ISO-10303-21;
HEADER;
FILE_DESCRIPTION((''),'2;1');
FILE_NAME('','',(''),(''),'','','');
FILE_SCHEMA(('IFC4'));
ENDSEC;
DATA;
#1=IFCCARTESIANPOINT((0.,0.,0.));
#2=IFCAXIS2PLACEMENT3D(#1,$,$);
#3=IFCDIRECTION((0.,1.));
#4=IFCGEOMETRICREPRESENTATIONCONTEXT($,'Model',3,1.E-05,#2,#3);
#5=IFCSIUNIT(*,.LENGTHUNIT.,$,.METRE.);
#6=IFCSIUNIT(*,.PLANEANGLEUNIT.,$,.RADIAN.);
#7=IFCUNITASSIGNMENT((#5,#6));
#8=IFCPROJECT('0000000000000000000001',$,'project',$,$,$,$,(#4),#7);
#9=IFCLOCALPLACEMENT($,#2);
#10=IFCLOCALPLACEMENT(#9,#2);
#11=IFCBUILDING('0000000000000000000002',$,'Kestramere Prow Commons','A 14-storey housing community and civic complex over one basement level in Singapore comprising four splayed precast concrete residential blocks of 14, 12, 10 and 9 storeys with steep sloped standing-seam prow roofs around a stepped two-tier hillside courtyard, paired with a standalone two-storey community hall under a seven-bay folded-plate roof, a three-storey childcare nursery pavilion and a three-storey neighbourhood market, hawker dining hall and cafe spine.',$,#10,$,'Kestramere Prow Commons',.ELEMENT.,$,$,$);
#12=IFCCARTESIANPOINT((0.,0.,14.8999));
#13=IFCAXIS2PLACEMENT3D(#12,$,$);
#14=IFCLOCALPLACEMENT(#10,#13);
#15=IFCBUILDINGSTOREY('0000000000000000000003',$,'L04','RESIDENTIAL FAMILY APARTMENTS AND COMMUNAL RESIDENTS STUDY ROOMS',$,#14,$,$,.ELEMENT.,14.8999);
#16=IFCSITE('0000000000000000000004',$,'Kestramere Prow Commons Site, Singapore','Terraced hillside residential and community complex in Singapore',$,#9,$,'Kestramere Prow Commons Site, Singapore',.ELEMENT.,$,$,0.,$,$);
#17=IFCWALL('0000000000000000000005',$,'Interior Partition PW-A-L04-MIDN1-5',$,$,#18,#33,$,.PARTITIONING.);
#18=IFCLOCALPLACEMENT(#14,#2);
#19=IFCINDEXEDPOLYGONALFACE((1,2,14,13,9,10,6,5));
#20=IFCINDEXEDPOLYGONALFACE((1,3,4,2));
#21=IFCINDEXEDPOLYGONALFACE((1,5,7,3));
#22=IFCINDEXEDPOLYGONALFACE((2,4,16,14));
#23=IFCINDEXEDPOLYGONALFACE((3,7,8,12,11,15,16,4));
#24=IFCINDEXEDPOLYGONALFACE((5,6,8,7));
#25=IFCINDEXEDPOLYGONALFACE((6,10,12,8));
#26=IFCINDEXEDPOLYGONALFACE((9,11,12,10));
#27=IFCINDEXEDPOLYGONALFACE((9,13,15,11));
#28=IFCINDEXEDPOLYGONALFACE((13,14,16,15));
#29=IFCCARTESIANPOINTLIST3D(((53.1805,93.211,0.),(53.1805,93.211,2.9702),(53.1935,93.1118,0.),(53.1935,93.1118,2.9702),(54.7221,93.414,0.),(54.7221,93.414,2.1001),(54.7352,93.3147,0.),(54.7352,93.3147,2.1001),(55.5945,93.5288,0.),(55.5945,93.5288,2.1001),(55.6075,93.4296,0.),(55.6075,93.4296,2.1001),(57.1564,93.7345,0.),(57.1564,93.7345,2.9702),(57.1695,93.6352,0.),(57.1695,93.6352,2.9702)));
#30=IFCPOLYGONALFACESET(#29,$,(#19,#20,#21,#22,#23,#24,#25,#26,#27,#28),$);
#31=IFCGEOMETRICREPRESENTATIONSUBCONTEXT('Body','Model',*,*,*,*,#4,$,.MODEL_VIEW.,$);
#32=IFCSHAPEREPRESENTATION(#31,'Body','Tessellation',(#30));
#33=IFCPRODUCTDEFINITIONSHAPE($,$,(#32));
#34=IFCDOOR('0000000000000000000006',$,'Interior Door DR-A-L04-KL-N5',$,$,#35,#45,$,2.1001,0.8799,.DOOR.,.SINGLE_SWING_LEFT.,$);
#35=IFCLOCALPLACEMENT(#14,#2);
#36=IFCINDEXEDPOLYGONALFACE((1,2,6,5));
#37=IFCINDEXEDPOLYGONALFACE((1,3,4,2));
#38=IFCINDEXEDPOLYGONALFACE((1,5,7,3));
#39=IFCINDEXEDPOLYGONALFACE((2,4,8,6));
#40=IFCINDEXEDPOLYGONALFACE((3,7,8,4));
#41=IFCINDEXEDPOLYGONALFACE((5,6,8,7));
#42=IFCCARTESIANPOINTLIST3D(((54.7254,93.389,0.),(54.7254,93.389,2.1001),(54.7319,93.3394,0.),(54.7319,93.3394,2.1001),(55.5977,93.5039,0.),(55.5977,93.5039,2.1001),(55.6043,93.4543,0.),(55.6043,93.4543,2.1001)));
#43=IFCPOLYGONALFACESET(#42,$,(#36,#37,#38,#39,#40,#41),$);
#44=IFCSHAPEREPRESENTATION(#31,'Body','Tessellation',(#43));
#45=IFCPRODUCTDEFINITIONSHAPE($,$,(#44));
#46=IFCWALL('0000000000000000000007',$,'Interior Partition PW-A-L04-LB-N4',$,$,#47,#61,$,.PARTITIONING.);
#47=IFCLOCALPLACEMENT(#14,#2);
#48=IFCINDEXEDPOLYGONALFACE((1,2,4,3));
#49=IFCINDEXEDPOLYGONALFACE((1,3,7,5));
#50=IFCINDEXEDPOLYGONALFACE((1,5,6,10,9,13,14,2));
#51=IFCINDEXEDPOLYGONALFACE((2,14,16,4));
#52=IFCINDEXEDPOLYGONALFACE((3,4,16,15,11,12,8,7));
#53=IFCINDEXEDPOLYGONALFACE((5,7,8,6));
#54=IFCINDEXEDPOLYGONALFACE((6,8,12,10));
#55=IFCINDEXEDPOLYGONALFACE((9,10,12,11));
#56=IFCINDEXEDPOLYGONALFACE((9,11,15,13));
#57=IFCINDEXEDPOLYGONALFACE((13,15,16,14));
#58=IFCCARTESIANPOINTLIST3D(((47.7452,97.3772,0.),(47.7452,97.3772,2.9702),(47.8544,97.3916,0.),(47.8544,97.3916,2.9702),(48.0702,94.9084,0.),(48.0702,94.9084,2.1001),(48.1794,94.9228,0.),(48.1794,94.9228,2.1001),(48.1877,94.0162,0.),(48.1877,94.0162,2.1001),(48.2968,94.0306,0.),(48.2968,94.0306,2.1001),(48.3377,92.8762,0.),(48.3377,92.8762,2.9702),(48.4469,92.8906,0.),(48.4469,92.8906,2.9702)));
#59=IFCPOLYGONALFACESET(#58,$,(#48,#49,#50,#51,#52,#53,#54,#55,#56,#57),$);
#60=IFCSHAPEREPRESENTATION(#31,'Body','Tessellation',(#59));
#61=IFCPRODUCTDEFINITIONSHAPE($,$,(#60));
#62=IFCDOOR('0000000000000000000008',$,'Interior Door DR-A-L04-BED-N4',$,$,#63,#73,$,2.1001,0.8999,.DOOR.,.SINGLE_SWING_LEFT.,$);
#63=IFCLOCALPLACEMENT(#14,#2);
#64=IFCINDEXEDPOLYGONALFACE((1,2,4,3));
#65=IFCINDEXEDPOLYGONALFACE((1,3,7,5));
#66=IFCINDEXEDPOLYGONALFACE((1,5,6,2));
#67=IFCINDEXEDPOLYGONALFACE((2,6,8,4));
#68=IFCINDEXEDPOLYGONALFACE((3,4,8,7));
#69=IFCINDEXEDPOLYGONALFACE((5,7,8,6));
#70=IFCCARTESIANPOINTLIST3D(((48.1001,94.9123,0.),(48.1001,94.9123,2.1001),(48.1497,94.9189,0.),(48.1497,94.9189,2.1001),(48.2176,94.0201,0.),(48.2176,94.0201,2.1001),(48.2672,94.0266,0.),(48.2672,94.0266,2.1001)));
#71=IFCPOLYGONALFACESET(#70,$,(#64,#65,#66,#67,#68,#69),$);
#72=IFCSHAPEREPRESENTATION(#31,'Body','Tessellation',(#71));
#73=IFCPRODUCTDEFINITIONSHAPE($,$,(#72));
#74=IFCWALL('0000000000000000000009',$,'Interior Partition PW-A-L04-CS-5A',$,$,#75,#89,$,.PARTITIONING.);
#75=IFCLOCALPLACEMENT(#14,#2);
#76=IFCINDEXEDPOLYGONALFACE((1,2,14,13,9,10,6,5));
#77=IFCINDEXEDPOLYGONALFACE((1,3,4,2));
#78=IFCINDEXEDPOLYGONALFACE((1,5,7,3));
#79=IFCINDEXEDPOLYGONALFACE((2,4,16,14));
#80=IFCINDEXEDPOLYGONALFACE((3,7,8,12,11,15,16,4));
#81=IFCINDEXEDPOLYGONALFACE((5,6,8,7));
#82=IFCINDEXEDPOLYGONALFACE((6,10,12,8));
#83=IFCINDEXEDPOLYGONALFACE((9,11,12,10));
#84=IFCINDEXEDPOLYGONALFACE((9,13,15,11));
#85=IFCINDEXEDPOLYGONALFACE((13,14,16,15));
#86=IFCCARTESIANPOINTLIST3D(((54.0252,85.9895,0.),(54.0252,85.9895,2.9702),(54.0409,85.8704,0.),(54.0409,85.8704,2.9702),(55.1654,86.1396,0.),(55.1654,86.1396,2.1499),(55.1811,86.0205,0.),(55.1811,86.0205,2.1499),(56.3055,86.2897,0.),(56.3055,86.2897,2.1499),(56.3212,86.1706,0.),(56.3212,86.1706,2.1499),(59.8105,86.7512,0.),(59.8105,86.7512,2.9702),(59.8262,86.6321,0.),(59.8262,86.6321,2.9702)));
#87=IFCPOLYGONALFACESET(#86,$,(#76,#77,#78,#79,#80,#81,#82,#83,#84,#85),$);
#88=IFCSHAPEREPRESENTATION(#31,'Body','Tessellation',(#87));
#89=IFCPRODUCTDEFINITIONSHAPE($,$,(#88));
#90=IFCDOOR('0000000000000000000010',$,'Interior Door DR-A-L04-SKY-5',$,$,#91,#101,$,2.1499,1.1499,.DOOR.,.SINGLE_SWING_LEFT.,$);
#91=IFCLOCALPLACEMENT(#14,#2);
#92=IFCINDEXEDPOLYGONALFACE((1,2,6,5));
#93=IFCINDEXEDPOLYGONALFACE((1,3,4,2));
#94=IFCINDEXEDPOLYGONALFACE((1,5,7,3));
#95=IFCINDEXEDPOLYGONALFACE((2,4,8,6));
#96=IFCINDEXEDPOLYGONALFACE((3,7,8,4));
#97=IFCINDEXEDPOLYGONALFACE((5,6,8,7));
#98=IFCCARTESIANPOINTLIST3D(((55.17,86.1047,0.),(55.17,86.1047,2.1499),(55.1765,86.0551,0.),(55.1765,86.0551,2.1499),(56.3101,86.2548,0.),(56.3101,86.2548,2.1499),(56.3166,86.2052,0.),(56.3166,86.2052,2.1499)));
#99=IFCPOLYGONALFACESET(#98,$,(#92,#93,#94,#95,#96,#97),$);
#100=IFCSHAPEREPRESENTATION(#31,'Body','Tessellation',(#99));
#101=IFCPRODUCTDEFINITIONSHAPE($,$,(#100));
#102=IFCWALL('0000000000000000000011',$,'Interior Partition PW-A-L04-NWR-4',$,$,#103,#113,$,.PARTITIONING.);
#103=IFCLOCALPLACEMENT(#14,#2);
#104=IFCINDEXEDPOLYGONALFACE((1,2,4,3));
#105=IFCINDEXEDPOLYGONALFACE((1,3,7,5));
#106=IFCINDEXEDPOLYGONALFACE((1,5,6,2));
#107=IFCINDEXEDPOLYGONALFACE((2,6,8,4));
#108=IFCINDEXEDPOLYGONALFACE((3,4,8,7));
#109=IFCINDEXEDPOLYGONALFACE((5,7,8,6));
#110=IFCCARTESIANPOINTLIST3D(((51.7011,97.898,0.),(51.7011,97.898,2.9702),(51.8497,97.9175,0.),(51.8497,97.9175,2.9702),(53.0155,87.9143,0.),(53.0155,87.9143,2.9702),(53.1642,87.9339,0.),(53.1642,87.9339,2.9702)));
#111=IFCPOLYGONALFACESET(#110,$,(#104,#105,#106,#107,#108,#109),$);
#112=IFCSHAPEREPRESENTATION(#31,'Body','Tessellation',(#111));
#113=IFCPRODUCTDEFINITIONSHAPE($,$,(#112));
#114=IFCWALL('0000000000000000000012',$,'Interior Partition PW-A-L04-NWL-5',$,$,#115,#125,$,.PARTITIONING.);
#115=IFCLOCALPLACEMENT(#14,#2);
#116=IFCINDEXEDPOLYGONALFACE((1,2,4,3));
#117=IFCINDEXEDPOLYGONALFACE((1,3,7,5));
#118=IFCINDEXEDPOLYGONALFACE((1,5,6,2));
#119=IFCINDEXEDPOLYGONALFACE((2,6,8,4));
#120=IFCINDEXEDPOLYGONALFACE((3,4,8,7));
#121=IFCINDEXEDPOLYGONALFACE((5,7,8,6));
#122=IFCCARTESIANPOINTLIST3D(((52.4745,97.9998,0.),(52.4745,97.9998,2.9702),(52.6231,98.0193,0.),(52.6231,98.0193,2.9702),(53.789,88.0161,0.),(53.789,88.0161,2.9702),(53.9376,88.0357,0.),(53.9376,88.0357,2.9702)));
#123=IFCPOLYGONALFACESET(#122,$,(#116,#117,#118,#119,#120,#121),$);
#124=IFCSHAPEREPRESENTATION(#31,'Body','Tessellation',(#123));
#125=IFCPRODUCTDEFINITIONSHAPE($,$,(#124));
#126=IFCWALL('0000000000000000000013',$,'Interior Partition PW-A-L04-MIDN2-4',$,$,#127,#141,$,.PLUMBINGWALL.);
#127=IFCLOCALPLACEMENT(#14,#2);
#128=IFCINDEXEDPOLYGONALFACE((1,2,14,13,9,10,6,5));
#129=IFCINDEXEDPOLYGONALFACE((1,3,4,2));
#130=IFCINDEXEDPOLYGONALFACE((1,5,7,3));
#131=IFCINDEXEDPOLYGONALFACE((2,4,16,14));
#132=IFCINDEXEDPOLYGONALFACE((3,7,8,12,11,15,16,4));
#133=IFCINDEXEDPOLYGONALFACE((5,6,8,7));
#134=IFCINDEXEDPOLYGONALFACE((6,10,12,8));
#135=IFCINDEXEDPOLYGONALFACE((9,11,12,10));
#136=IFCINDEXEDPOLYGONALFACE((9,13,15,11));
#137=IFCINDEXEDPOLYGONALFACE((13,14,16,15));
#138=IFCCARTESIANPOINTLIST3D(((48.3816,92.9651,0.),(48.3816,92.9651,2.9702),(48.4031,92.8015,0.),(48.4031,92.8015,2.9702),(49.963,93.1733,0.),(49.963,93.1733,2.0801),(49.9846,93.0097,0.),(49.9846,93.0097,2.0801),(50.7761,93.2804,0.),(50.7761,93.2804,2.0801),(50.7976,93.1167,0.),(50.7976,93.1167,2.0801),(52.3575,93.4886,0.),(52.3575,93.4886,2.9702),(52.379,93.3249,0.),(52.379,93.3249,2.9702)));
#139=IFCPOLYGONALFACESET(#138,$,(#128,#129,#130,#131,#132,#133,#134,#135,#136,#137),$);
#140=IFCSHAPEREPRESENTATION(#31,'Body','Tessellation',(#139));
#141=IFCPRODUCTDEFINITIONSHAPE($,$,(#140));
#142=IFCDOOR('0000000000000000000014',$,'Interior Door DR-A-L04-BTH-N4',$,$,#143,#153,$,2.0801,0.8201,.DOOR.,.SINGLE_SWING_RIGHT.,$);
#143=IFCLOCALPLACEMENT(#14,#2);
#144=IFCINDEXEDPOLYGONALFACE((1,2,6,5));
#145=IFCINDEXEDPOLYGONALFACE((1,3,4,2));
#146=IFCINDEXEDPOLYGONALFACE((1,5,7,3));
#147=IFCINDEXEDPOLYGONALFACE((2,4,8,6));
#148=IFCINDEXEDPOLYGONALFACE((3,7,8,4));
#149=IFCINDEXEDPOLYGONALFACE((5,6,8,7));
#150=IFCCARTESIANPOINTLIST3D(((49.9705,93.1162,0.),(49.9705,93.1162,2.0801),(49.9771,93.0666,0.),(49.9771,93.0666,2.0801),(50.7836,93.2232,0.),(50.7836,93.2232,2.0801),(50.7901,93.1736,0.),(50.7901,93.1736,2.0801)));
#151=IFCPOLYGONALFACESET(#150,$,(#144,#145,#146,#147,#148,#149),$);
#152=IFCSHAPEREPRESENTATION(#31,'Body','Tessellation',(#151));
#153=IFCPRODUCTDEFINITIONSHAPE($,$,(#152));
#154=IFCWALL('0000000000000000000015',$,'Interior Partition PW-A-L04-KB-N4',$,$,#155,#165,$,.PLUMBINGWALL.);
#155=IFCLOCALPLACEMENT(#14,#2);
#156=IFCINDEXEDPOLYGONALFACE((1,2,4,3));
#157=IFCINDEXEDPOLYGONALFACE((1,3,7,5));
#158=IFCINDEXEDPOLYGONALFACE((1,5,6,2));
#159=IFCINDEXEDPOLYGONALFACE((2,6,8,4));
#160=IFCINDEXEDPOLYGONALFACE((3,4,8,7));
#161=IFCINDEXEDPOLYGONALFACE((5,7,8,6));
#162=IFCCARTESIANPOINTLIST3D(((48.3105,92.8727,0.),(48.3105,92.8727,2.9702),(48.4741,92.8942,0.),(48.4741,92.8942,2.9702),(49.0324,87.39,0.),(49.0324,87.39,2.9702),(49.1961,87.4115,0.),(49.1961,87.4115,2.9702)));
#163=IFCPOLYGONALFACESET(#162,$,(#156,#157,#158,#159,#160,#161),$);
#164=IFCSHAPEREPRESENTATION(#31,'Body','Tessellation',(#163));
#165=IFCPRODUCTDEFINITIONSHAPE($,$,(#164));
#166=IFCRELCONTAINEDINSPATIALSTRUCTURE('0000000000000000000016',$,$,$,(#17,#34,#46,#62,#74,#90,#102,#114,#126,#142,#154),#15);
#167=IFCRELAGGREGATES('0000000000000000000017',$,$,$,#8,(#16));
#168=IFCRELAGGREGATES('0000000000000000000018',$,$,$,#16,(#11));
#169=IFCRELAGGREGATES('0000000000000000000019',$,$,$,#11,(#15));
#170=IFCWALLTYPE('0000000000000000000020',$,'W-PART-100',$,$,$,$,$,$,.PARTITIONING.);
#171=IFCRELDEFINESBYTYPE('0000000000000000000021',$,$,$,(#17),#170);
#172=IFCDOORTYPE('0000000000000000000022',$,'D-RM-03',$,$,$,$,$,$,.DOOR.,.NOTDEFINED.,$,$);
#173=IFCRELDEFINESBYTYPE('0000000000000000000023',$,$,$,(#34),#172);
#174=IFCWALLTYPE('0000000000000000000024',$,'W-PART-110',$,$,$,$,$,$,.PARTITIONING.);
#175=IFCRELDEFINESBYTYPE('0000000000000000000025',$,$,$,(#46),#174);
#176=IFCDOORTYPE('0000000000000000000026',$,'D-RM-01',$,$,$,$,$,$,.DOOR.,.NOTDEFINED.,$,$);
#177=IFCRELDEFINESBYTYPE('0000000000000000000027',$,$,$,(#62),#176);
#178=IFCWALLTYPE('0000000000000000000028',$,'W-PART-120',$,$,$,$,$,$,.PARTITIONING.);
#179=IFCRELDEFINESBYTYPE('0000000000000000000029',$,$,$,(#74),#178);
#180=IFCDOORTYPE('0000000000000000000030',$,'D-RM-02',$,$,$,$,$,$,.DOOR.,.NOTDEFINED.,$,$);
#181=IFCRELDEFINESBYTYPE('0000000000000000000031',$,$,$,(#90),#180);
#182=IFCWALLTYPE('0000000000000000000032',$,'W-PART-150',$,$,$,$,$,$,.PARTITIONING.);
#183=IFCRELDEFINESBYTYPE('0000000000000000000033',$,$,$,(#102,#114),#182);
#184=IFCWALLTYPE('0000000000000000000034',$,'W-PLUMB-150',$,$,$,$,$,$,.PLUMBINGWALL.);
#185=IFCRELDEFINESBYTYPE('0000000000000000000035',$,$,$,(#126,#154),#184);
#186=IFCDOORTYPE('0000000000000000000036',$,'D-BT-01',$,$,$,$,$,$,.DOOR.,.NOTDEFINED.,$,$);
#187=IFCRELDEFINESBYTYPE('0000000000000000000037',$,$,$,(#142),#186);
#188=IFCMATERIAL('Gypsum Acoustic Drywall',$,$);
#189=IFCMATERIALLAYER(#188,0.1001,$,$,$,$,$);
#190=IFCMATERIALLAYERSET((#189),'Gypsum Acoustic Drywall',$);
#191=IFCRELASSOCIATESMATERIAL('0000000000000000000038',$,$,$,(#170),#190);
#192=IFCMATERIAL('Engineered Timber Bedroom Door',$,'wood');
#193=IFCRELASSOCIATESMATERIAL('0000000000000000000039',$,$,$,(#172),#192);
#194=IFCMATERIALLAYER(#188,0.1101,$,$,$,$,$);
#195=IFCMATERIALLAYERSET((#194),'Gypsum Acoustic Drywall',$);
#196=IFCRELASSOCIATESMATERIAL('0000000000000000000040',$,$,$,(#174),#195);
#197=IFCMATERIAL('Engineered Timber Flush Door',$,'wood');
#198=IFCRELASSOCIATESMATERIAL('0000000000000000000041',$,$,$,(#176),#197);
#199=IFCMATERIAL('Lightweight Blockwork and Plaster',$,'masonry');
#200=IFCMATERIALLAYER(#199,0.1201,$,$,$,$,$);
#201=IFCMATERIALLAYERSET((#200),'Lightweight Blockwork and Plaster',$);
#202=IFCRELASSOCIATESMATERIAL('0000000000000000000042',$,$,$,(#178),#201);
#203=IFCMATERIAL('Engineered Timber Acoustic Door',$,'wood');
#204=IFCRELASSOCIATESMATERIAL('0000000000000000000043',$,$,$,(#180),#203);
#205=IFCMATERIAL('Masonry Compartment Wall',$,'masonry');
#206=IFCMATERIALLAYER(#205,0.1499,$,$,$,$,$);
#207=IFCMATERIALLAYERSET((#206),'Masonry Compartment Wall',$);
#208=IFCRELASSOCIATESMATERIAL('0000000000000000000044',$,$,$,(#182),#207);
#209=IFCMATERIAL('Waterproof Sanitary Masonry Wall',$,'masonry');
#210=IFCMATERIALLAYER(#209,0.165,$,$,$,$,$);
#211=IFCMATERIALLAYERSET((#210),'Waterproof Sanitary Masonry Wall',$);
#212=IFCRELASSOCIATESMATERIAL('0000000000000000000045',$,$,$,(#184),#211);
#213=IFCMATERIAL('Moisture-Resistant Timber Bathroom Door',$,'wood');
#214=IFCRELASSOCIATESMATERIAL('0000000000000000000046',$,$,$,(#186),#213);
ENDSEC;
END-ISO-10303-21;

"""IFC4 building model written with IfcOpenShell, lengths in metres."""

from ifc_helpers import new_model, si_unit, direction, frame, frame_2d, origin, place, context, subcontext, project, spatial, rectangle, extrude, material, layer, layer_set, type_object, element, fill, save


model = new_model("IFC4")

# Units and contexts
model_context = context("Model", 3, precision=1e-05, world=origin(), true_north=direction((0.0, 1.0)))
body_context = subcontext(model_context, "Body", "Model", "MODEL_VIEW")
ifc_project = project(units=[si_unit("LENGTHUNIT", "METRE"), si_unit("PLANEANGLEUNIT", "RADIAN")], contexts=[model_context])

# Site, building, storey
site_placement = place(None, origin())
site = spatial("IfcSite", under=ifc_project, at=site_placement, Name="Kestramere Prow Commons Site, Singapore", Description="Terraced hillside residential and community complex in Singapore", LongName="Kestramere Prow Commons Site, Singapore", CompositionType="ELEMENT", RefElevation=0.0)
building_placement = place(site_placement, origin())
building = spatial("IfcBuilding", under=site, at=building_placement, Name="Kestramere Prow Commons", Description="A 14-storey housing community and civic complex over one basement level in Singapore comprising four splayed precast concrete residential blocks of 14, 12, 10 and 9 storeys with steep sloped standing-seam prow roofs around a stepped two-tier hillside courtyard, paired with a standalone two-storey community hall under a seven-bay folded-plate roof, a three-storey childcare nursery pavilion and a three-storey neighbourhood market, hawker dining hall and cafe spine.", LongName="Kestramere Prow Commons", CompositionType="ELEMENT")
storey_placement = place(building_placement, frame((0.0, 0.0, 14.8999)))
storey = spatial("IfcBuildingStorey", under=building, at=storey_placement, Name="L04", Description="RESIDENTIAL FAMILY APARTMENTS AND COMMUNAL RESIDENTS STUDY ROOMS", CompositionType="ELEMENT", Elevation=14.8999)

# Walls, openings, doors
ifc_material_1 = material(Name="Gypsum Acoustic Drywall")
ifc_layer_1 = layer(ifc_material_1, 0.1001)
ifc_layer_set_1 = layer_set([ifc_layer_1], Name="Gypsum Acoustic Drywall")
wall_type_1 = type_object("IfcWallType", Name="W-PART-100", PredefinedType="PARTITIONING", material=ifc_layer_set_1)
wall_1_placement = place(storey_placement, frame((53.187, 93.1614, 0.0), z_axis=(0.0, 0.0, 1.0), x_axis=(0.991445, 0.130529, 0.0)))
wall_1 = element("IfcWall", 1, at=wall_1_placement, inside=storey, type_object=wall_type_1, Name="Interior Partition PW-A-L04-MIDN1-5", PredefinedType="PARTITIONING", context=body_context, shape_type="SweptSolid", body=[
    extrude(rectangle(XDim=4.0103, YDim=0.1001, at=frame_2d((2.0051, 0.0))), origin(), (0.0, 0.0, 1.0), 2.9702),
])
opening_1_placement = place(wall_1_placement, frame((1.5549, 0.0, 0.0)))
opening_1 = element("IfcOpeningElement", 2, at=opening_1_placement, cuts=wall_1, PredefinedType="OPENING", context=body_context, shape_type="SweptSolid", body=[
    extrude(rectangle(XDim=0.8799, YDim=2.1001, at=frame_2d((0.4399, 1.05))), frame((0.0, 0.0649, 0.0), z_axis=(0.0, -1.0, 0.0), x_axis=(1.0, 0.0, 0.0)), (0.0, 0.0, 1.0), 0.1301),
])
ifc_material_2 = material(Name="Engineered Timber Bedroom Door", Category="wood")
door_type_1 = type_object("IfcDoorType", Name="D-RM-03", OperationType="NOTDEFINED", PredefinedType="DOOR", material=ifc_material_2)
door_1_placement = place(opening_1_placement, origin())
door_1 = element("IfcDoor", 3, at=door_1_placement, inside=storey, type_object=door_type_1, Name="Interior Door DR-A-L04-KL-N5", OperationType="SINGLE_SWING_LEFT", OverallHeight=2.1001, OverallWidth=0.8799, PredefinedType="DOOR", context=body_context, shape_type="SweptSolid", body=[
    extrude(rectangle(XDim=0.8799, YDim=2.1001, at=frame_2d((0.4399, 1.05))), frame((0.0, 0.0249, 0.0), z_axis=(0.0, -1.0, 0.0), x_axis=(1.0, 0.0, 0.0)), (0.0, 0.0, 1.0), 0.05),
])
fill(opening_1, door_1)
ifc_layer_2 = layer(ifc_material_1, 0.1101)
ifc_layer_set_2 = layer_set([ifc_layer_2], Name="Gypsum Acoustic Drywall")
wall_type_2 = type_object("IfcWallType", Name="W-PART-110", PredefinedType="PARTITIONING", material=ifc_layer_set_2)
wall_2_placement = place(storey_placement, frame((48.3923, 92.8833, 0.0), z_axis=(0.0, 0.0, 1.0), x_axis=(-0.130519, 0.991446, 0.0)))
wall_2 = element("IfcWall", 4, at=wall_2_placement, inside=storey, type_object=wall_type_2, Name="Interior Partition PW-A-L04-LB-N4", PredefinedType="PARTITIONING", context=body_context, shape_type="SweptSolid", body=[
    extrude(rectangle(XDim=4.5398, YDim=0.1101, at=frame_2d((2.27, 0.0))), origin(), (0.0, 0.0, 1.0), 2.9702),
])
opening_2_placement = place(wall_2_placement, frame((1.1499, 0.0, 0.0)))
opening_2 = element("IfcOpeningElement", 5, at=opening_2_placement, cuts=wall_2, PredefinedType="OPENING", context=body_context, shape_type="SweptSolid", body=[
    extrude(rectangle(XDim=0.8999, YDim=2.1001, at=frame_2d((0.45, 1.05))), frame((0.0, 0.0701, 0.0), z_axis=(0.0, -1.0, 0.0), x_axis=(1.0, 0.0, 0.0)), (0.0, 0.0, 1.0), 0.1401),
])
ifc_material_3 = material(Name="Engineered Timber Flush Door", Category="wood")
door_type_2 = type_object("IfcDoorType", Name="D-RM-01", OperationType="NOTDEFINED", PredefinedType="DOOR", material=ifc_material_3)
door_2_placement = place(opening_2_placement, origin())
door_2 = element("IfcDoor", 6, at=door_2_placement, inside=storey, type_object=door_type_2, Name="Interior Door DR-A-L04-BED-N4", OperationType="SINGLE_SWING_LEFT", OverallHeight=2.1001, OverallWidth=0.8999, PredefinedType="DOOR", context=body_context, shape_type="SweptSolid", body=[
    extrude(rectangle(XDim=0.8999, YDim=2.1001, at=frame_2d((0.45, 1.05))), frame((0.0, 0.0249, 0.0), z_axis=(0.0, -1.0, 0.0), x_axis=(1.0, 0.0, 0.0)), (0.0, 0.0, 1.0), 0.05),
])
fill(opening_2, door_2)
ifc_material_4 = material(Name="Lightweight Blockwork and Plaster", Category="masonry")
ifc_layer_3 = layer(ifc_material_4, 0.1201)
ifc_layer_set_3 = layer_set([ifc_layer_3], Name="Lightweight Blockwork and Plaster")
wall_type_3 = type_object("IfcWallType", Name="W-PART-120", PredefinedType="PARTITIONING", material=ifc_layer_set_3)
wall_3_placement = place(storey_placement, frame((54.0332, 85.9299, 0.0), z_axis=(0.0, 0.0, 1.0), x_axis=(0.991443, 0.130541, 0.0)))
wall_3 = element("IfcWall", 7, at=wall_3_placement, inside=storey, type_object=wall_type_3, Name="Interior Partition PW-A-L04-CS-5A", PredefinedType="PARTITIONING", context=body_context, shape_type="SweptSolid", body=[
    extrude(rectangle(XDim=5.8352, YDim=0.1201, at=frame_2d((2.9175, 0.0))), origin(), (0.0, 0.0, 1.0), 2.9702),
])
opening_3_placement = place(wall_3_placement, frame((1.1499, 0.0, 0.0)))
opening_3 = element("IfcOpeningElement", 8, at=opening_3_placement, cuts=wall_3, PredefinedType="OPENING", context=body_context, shape_type="SweptSolid", body=[
    extrude(rectangle(XDim=1.1499, YDim=2.1499, at=frame_2d((0.575, 1.075))), frame((0.0, 0.075, 0.0), z_axis=(0.0, -1.0, 0.0), x_axis=(1.0, 0.0, 0.0)), (0.0, 0.0, 1.0), 0.1501),
])
ifc_material_5 = material(Name="Engineered Timber Acoustic Door", Category="wood")
door_type_3 = type_object("IfcDoorType", Name="D-RM-02", OperationType="NOTDEFINED", PredefinedType="DOOR", material=ifc_material_5)
door_3_placement = place(opening_3_placement, origin())
door_3 = element("IfcDoor", 9, at=door_3_placement, inside=storey, type_object=door_type_3, Name="Interior Door DR-A-L04-SKY-5", OperationType="SINGLE_SWING_LEFT", OverallHeight=2.1499, OverallWidth=1.1499, PredefinedType="DOOR", context=body_context, shape_type="SweptSolid", body=[
    extrude(rectangle(XDim=1.1499, YDim=2.1499, at=frame_2d((0.575, 1.075))), frame((0.0, 0.0249, 0.0), z_axis=(0.0, -1.0, 0.0), x_axis=(1.0, 0.0, 0.0)), (0.0, 0.0, 1.0), 0.05),
])
fill(opening_3, door_3)

# Walls
ifc_material_6 = material(Name="Masonry Compartment Wall", Category="masonry")
ifc_layer_4 = layer(ifc_material_6, 0.1499)
ifc_layer_set_4 = layer_set([ifc_layer_4], Name="Masonry Compartment Wall")
wall_type_4 = type_object("IfcWallType", Name="W-PART-150", PredefinedType="PARTITIONING", material=ifc_layer_set_4)
for number, where, z_axis, x_axis, name in (
    (10, (53.0898, 87.9241, 0.0), (0.0, 0.0, 1.0), (-0.130534, 0.991444, 0.0), "Interior Partition PW-A-L04-NWR-4"),
    (11, (53.8633, 88.0259, 0.0), (0.0, 0.0, 1.0), (-0.130534, 0.991444, 0.0), "Interior Partition PW-A-L04-NWL-5"),
):
    element("IfcWall", number, at=place(storey_placement, frame(where, z_axis=z_axis, x_axis=x_axis)), inside=storey, type_object=wall_type_4, Name=name, PredefinedType="PARTITIONING", context=body_context, shape_type="SweptSolid", body=[
        extrude(rectangle(XDim=10.0698, YDim=0.1499, at=frame_2d((5.0349, 0.0))), origin(), (0.0, 0.0, 1.0), 2.9702),
    ])

# Wall, opening, door
ifc_material_7 = material(Name="Waterproof Sanitary Masonry Wall", Category="masonry")
ifc_layer_5 = layer(ifc_material_7, 0.165)
ifc_layer_set_5 = layer_set([ifc_layer_5], Name="Waterproof Sanitary Masonry Wall")
wall_type_5 = type_object("IfcWallType", Name="W-PLUMB-150", PredefinedType="PLUMBINGWALL", material=ifc_layer_set_5)
wall_4_placement = place(storey_placement, frame((48.3923, 92.8833, 0.0), z_axis=(0.0, 0.0, 1.0), x_axis=(0.991445, 0.130529, 0.0)))
wall_4 = element("IfcWall", 12, at=wall_4_placement, inside=storey, type_object=wall_type_5, Name="Interior Partition PW-A-L04-MIDN2-4", PredefinedType="PLUMBINGWALL", context=body_context, shape_type="SweptSolid", body=[
    extrude(rectangle(XDim=4.0103, YDim=0.165, at=frame_2d((2.0051, 0.0))), origin(), (0.0, 0.0, 1.0), 2.9702),
])
opening_4_placement = place(wall_4_placement, frame((1.595, 0.0, 0.0)))
opening_4 = element("IfcOpeningElement", 13, at=opening_4_placement, cuts=wall_4, PredefinedType="OPENING", context=body_context, shape_type="SweptSolid", body=[
    extrude(rectangle(XDim=0.8201, YDim=2.0801, at=frame_2d((0.4102, 1.04))), frame((0.0, 0.0974, 0.0), z_axis=(0.0, -1.0, 0.0), x_axis=(1.0, 0.0, 0.0)), (0.0, 0.0, 1.0), 0.1951),
])
ifc_material_8 = material(Name="Moisture-Resistant Timber Bathroom Door", Category="wood")
door_type_4 = type_object("IfcDoorType", Name="D-BT-01", OperationType="NOTDEFINED", PredefinedType="DOOR", material=ifc_material_8)
door_4_placement = place(opening_4_placement, origin())
door_4 = element("IfcDoor", 14, at=door_4_placement, inside=storey, type_object=door_type_4, Name="Interior Door DR-A-L04-BTH-N4", OperationType="SINGLE_SWING_RIGHT", OverallHeight=2.0801, OverallWidth=0.8201, PredefinedType="DOOR", context=body_context, shape_type="SweptSolid", body=[
    extrude(rectangle(XDim=0.8201, YDim=2.0801, at=frame_2d((0.4102, 1.04))), frame((0.0, 0.0249, 0.0), z_axis=(0.0, -1.0, 0.0), x_axis=(1.0, 0.0, 0.0)), (0.0, 0.0, 1.0), 0.05),
])
fill(opening_4, door_4)

# Wall
wall_5_placement = place(storey_placement, frame((49.1143, 87.4006, 0.0), z_axis=(0.0, 0.0, 1.0), x_axis=(-0.130547, 0.991442, 0.0)))
element("IfcWall", 15, at=wall_5_placement, inside=storey, type_object=wall_type_5, Name="Interior Partition PW-A-L04-KB-N4", PredefinedType="PLUMBINGWALL", context=body_context, shape_type="SweptSolid", body=[
    extrude(rectangle(XDim=5.53, YDim=0.165, at=frame_2d((2.7651, 0.0))), origin(), (0.0, 0.0, 1.0), 2.9702),
])

save(model, "model.ifc")
